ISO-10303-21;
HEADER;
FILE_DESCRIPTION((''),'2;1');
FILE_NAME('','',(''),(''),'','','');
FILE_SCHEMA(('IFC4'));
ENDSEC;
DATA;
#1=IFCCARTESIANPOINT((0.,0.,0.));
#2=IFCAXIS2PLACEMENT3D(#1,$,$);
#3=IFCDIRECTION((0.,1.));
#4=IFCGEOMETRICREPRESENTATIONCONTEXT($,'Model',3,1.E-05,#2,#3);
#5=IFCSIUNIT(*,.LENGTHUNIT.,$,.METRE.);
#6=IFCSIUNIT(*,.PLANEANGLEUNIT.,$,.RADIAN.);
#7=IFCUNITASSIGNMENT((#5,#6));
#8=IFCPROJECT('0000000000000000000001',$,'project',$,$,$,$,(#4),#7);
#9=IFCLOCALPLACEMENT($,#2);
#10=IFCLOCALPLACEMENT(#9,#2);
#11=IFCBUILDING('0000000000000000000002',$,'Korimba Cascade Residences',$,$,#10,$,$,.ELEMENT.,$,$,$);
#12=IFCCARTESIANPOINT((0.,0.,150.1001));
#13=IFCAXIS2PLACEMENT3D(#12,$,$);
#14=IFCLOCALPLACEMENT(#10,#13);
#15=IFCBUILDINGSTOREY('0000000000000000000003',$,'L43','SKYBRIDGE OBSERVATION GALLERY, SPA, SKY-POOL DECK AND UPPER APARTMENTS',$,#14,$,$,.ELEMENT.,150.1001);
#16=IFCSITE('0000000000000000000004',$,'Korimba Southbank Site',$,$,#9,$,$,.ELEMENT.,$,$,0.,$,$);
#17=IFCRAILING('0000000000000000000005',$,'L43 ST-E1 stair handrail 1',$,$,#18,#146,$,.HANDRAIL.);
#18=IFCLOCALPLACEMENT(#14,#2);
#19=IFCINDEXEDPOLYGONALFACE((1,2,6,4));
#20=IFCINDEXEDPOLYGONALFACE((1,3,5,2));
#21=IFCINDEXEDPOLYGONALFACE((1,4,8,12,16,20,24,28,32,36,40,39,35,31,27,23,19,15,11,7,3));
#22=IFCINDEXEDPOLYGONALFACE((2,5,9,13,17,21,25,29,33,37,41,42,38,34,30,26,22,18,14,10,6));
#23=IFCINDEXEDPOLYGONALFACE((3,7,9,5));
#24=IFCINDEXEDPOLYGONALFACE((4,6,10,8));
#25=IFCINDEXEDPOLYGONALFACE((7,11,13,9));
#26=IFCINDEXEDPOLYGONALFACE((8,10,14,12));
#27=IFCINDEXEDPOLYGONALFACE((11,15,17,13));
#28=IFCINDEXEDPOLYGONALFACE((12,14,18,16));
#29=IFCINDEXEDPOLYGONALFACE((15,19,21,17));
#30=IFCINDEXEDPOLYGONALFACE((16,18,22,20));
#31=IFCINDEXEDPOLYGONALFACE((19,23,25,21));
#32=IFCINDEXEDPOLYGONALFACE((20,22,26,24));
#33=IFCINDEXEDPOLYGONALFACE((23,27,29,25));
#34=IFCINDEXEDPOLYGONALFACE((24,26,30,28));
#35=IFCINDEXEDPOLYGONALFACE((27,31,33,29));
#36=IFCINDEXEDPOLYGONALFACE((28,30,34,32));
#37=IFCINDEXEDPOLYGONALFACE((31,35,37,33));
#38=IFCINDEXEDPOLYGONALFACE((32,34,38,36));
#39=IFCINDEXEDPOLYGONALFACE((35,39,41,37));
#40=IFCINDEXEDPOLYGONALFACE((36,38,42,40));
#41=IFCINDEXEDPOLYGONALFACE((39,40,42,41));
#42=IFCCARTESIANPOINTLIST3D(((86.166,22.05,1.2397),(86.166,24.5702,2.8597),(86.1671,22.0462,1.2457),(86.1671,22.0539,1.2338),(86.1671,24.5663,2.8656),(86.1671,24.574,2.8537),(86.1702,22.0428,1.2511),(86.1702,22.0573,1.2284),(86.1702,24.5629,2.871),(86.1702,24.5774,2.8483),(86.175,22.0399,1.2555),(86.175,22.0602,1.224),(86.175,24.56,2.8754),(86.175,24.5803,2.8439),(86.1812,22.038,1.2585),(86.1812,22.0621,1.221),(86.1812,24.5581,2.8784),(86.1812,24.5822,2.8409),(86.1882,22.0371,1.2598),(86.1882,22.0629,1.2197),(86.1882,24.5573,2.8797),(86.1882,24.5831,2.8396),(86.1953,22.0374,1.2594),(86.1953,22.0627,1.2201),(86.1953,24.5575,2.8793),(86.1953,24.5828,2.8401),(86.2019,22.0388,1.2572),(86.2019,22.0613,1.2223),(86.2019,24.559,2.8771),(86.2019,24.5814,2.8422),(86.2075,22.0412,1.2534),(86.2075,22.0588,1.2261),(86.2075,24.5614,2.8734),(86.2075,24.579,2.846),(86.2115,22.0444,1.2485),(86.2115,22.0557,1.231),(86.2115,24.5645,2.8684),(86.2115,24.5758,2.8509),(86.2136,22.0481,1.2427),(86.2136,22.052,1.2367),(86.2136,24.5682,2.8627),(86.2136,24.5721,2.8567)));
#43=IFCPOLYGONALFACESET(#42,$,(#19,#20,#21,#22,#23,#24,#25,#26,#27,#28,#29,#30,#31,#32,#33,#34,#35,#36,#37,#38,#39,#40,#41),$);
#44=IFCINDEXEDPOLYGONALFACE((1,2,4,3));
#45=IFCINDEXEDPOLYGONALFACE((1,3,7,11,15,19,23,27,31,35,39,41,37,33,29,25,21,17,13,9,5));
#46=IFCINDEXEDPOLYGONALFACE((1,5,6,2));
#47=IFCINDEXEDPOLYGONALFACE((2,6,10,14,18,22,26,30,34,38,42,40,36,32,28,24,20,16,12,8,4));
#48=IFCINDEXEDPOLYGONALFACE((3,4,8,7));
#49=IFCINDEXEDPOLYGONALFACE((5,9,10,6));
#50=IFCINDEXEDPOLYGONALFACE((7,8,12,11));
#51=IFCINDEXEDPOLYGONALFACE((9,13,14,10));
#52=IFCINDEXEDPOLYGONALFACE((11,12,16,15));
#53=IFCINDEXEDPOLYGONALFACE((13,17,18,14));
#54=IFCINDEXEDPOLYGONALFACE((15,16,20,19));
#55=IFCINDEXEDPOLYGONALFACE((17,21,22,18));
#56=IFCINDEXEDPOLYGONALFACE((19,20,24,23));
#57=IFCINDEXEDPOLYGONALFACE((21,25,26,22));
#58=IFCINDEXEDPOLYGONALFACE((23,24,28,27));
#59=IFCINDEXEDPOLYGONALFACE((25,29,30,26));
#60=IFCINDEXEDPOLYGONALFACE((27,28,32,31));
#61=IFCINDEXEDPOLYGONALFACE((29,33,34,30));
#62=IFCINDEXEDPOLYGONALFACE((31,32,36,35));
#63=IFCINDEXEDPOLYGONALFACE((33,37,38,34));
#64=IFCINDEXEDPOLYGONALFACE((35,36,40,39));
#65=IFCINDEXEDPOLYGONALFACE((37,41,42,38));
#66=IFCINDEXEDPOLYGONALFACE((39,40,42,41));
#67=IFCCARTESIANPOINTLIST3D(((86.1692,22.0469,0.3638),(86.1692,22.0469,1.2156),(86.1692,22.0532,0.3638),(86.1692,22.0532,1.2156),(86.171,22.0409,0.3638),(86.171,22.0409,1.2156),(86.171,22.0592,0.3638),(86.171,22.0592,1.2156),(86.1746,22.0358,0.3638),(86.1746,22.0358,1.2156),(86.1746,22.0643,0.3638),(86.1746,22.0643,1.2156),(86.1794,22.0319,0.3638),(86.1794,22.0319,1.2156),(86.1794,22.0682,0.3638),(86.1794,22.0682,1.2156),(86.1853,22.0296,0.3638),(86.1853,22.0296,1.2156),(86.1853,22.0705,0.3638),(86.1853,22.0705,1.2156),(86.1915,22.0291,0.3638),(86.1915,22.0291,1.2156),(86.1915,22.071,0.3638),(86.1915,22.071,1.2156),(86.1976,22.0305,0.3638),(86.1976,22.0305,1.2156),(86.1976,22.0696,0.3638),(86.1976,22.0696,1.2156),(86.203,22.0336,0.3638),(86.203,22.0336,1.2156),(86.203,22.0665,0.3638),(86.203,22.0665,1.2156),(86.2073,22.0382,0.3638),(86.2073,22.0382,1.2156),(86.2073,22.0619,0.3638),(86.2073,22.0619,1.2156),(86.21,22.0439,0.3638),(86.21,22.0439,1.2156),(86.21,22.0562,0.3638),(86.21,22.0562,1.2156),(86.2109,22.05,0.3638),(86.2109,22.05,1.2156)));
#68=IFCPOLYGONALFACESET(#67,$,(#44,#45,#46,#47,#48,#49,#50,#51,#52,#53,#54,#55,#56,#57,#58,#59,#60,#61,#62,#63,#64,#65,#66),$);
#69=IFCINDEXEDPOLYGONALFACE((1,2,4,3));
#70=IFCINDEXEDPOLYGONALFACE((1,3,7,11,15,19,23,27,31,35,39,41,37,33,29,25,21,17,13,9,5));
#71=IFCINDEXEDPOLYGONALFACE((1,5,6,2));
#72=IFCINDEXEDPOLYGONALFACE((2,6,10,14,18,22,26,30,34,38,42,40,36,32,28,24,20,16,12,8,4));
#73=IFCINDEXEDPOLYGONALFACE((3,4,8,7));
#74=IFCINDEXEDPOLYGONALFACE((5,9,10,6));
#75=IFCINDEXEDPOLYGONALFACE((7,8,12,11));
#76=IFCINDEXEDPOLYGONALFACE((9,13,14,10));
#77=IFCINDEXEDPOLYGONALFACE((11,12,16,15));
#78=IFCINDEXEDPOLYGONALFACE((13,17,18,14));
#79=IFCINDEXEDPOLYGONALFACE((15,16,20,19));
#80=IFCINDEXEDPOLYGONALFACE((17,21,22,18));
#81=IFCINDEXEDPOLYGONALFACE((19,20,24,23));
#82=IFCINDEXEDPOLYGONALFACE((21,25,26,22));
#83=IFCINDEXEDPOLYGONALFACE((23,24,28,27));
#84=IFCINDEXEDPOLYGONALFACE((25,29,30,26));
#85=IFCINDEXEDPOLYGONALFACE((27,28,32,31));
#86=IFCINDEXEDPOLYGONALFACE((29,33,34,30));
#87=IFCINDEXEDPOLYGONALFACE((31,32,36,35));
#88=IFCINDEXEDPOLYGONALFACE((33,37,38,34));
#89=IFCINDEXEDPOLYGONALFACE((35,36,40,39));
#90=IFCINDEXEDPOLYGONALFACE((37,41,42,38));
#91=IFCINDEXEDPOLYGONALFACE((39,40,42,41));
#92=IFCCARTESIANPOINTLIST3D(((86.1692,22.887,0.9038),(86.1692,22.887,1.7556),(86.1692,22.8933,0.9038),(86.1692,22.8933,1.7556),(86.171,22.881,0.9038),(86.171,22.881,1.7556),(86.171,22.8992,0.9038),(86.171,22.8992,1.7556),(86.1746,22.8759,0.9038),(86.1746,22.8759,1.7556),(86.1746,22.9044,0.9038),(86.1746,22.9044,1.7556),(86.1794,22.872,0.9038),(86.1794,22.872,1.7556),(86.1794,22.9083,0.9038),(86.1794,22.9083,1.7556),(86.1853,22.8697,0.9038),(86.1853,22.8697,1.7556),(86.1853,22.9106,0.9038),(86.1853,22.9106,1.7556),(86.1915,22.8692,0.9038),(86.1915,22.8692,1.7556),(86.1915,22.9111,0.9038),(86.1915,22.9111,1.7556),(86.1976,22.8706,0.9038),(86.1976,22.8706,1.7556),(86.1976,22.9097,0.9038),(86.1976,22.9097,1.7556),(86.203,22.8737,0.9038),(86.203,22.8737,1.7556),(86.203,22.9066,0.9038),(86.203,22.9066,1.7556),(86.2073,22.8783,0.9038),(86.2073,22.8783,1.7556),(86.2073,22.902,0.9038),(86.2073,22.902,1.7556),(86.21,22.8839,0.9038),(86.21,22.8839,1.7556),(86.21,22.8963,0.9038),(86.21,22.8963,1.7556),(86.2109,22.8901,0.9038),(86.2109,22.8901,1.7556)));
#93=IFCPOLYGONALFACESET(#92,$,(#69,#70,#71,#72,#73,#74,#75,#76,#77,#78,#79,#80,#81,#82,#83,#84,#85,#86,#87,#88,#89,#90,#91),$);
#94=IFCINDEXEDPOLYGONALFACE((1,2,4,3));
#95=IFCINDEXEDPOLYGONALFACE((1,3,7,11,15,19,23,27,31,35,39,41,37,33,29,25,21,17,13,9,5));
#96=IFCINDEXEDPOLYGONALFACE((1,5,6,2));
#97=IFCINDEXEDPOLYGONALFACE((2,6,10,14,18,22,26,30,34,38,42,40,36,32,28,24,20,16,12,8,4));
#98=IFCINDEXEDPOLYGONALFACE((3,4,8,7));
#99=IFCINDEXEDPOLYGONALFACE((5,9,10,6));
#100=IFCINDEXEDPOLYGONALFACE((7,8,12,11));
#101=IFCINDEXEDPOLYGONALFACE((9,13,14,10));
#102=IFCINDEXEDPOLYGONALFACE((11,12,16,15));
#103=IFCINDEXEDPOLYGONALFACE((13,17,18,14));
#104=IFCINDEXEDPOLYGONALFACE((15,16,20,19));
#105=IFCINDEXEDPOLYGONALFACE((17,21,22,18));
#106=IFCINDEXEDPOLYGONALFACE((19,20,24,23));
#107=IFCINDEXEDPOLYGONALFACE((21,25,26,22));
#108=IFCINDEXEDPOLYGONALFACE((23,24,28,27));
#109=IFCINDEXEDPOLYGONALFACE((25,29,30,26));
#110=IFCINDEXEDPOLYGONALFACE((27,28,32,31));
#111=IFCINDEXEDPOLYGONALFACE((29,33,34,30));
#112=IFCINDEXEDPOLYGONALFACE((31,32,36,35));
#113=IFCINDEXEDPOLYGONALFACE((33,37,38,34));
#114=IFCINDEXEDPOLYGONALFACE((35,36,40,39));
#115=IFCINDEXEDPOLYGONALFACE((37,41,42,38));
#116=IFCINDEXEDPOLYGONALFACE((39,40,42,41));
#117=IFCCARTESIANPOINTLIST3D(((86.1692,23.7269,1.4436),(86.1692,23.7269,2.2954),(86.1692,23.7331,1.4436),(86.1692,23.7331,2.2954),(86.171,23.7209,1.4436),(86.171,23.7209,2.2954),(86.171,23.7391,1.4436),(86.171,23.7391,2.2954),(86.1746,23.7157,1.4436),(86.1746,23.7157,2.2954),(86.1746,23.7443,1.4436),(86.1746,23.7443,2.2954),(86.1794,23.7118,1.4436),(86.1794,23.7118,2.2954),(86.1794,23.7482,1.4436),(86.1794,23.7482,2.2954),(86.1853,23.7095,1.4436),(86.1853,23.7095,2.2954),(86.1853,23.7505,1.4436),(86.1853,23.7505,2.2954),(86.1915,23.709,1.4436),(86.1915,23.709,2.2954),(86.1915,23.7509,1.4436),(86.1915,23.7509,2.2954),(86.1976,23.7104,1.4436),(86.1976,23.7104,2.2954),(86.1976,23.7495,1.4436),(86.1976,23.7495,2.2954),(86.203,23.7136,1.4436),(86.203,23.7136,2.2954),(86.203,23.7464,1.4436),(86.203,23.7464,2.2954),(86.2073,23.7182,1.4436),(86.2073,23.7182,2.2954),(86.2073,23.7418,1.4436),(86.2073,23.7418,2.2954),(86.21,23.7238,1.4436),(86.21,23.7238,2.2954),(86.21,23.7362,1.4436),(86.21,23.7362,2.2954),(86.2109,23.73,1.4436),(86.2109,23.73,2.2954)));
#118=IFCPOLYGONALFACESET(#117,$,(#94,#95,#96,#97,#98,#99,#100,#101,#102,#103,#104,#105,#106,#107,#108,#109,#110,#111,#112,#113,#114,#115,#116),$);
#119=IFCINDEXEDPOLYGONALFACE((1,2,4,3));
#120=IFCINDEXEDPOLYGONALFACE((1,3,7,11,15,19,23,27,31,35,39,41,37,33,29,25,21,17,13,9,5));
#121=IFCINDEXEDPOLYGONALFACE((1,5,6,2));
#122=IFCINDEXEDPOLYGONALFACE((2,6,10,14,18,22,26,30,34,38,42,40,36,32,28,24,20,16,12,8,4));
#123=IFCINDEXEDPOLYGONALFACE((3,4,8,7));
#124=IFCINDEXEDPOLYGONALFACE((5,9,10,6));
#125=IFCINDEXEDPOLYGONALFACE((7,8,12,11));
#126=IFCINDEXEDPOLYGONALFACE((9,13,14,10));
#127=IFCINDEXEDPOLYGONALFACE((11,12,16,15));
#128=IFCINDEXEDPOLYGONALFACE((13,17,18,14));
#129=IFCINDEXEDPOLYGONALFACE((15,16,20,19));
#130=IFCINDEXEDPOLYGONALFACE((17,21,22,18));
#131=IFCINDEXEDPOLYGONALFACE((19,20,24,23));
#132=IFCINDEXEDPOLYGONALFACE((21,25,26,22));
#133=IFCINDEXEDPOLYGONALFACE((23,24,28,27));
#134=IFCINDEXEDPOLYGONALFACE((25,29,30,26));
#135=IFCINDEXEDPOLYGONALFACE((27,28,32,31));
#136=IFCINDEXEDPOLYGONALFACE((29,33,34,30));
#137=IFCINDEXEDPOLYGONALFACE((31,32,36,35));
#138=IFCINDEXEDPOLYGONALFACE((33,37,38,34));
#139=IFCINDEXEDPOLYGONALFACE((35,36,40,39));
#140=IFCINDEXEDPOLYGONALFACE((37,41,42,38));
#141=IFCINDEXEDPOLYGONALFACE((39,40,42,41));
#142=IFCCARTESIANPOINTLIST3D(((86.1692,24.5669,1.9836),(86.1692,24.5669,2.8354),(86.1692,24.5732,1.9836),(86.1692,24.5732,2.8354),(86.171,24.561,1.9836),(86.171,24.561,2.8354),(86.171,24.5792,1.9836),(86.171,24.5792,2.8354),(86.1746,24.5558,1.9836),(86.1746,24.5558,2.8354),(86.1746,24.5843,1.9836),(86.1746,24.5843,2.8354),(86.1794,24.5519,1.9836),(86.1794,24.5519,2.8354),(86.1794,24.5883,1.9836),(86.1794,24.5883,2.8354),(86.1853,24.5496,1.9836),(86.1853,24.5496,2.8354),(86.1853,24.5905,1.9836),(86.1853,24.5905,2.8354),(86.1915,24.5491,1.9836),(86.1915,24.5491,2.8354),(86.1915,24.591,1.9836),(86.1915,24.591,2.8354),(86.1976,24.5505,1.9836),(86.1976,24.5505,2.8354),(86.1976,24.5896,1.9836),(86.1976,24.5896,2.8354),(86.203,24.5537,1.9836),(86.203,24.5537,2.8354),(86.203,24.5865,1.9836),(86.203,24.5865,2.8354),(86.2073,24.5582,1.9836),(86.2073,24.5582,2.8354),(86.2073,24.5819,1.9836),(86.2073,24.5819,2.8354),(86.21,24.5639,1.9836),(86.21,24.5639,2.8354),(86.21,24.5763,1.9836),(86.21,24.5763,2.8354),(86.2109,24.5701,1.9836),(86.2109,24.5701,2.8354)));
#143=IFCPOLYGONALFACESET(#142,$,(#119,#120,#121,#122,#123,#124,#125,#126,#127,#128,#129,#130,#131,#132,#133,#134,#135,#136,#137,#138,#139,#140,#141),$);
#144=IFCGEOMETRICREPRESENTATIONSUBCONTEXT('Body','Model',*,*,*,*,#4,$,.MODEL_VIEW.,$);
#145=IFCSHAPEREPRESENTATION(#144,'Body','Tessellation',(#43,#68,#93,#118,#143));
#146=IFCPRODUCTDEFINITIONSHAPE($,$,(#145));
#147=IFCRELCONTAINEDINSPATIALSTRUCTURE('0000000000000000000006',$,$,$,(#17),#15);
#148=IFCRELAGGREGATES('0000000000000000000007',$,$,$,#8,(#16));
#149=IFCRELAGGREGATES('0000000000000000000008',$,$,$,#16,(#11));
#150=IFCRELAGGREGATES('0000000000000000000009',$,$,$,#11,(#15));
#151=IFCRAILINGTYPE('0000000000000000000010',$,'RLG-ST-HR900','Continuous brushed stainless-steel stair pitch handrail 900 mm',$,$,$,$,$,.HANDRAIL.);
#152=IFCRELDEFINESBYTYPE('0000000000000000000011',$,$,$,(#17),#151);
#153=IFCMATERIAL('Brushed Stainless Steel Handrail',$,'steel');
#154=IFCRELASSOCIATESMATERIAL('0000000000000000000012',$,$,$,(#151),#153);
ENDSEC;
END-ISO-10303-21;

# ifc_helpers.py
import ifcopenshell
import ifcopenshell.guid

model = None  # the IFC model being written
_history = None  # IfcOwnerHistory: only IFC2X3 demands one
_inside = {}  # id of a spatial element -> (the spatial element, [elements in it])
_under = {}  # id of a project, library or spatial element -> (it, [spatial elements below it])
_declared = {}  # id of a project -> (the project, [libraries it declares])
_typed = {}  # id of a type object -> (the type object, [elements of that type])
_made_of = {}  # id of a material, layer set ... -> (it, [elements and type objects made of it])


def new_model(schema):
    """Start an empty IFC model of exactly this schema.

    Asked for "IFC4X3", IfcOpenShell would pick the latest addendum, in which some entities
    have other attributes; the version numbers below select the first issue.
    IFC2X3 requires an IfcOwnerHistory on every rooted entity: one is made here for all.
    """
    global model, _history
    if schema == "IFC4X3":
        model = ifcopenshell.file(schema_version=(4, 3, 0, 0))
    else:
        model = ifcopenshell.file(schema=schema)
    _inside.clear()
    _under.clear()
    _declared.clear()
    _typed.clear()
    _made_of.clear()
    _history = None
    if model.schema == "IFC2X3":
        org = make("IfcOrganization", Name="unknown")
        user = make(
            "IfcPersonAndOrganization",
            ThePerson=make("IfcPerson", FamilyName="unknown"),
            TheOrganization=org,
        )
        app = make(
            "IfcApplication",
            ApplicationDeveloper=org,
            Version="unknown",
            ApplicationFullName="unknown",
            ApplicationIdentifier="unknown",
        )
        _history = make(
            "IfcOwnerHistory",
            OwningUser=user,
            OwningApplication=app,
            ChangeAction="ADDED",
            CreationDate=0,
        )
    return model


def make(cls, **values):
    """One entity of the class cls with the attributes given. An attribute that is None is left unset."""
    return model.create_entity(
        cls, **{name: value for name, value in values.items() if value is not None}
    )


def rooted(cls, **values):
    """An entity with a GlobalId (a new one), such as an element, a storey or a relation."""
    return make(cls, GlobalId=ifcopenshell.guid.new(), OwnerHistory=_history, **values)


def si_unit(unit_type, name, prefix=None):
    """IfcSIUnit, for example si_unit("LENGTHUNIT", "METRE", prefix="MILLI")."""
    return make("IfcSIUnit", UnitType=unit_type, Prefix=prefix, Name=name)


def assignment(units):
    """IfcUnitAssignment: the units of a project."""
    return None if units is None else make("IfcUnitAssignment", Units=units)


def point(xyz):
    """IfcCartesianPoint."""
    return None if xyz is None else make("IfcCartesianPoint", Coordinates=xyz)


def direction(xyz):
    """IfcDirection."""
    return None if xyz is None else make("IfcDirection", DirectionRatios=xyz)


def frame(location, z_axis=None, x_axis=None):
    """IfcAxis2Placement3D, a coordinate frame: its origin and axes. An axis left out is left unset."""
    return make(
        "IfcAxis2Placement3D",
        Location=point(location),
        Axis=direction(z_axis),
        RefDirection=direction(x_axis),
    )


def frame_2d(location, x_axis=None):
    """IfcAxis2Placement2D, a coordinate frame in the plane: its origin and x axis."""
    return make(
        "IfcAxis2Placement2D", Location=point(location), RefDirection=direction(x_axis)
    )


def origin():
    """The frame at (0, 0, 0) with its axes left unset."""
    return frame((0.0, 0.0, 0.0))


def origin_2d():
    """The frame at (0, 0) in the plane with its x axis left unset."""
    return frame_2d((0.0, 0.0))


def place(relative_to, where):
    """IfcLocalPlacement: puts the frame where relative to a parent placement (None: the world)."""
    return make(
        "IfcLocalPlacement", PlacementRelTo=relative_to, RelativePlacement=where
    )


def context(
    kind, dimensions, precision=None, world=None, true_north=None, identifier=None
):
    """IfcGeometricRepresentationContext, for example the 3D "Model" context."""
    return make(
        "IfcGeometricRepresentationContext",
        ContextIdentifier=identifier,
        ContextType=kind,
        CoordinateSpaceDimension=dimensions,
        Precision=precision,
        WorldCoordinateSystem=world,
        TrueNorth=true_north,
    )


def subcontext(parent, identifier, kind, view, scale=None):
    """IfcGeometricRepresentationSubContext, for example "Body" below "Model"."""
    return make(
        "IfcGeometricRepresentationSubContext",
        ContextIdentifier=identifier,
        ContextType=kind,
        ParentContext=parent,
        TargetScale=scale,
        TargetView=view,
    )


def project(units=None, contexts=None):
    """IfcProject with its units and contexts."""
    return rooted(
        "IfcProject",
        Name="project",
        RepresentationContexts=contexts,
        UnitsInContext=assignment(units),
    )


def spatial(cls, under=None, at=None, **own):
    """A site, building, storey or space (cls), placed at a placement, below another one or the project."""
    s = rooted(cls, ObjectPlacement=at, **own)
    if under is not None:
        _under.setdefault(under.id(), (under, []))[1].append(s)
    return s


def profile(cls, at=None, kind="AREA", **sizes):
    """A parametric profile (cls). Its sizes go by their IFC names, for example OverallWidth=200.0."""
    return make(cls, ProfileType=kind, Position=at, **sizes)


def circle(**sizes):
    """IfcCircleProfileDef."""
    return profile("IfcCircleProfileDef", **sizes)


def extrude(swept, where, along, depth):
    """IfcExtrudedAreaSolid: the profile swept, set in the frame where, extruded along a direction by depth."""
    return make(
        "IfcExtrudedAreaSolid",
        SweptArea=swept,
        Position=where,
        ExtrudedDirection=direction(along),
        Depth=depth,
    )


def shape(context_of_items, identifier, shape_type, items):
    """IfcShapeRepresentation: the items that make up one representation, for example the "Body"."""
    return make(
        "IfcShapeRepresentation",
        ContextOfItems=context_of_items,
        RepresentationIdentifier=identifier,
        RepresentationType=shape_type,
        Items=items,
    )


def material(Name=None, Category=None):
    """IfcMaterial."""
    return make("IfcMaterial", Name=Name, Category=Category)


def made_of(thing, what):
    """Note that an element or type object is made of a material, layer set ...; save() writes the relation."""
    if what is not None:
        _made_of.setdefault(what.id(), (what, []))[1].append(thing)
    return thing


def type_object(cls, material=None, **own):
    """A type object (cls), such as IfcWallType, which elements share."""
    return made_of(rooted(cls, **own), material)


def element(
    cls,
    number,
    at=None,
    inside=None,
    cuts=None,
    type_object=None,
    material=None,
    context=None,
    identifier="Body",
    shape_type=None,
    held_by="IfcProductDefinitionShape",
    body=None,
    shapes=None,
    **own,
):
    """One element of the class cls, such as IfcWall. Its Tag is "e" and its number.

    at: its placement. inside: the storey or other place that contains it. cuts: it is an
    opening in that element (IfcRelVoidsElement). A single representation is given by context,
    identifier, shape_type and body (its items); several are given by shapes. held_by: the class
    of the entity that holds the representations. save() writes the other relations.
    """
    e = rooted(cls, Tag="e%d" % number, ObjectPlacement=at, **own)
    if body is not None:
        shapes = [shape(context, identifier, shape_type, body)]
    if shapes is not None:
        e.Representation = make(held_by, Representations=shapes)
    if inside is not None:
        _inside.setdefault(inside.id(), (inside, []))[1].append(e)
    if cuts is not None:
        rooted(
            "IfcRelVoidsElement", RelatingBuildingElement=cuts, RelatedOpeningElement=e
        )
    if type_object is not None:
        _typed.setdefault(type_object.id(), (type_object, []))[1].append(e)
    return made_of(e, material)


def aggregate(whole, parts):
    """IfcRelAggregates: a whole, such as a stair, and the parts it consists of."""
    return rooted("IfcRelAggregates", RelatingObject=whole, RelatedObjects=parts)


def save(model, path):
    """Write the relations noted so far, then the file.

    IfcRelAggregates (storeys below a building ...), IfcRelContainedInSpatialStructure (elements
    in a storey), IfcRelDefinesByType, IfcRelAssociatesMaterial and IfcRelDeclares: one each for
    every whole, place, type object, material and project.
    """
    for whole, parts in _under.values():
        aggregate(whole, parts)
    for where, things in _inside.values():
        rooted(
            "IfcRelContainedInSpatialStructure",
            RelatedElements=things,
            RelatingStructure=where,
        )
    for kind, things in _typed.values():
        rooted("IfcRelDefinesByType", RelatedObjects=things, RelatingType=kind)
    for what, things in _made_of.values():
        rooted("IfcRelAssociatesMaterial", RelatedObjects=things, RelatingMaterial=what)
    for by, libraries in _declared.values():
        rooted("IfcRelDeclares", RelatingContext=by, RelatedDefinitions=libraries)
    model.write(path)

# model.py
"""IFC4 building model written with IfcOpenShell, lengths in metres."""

from ifc_helpers import new_model, si_unit, direction, frame, origin, origin_2d, place, context, subcontext, project, spatial, circle, extrude, material, type_object, element, save


model = new_model("IFC4")

# Units and contexts
model_context = context("Model", 3, precision=1e-05, world=origin(), true_north=direction((0.0, 1.0)))
body_context = subcontext(model_context, "Body", "Model", "MODEL_VIEW")
ifc_project = project(units=[si_unit("LENGTHUNIT", "METRE"), si_unit("PLANEANGLEUNIT", "RADIAN")], contexts=[model_context])

# Site, building, storey
site_placement = place(None, origin())
site = spatial("IfcSite", under=ifc_project, at=site_placement, Name="Korimba Southbank Site", CompositionType="ELEMENT", RefElevation=0.0)
building_placement = place(site_placement, origin())
building = spatial("IfcBuilding", under=site, at=building_placement, Name="Korimba Cascade Residences", CompositionType="ELEMENT")
storey_placement = place(building_placement, frame((0.0, 0.0, 150.1001)))
storey = spatial("IfcBuildingStorey", under=building, at=storey_placement, Name="L43", Description="SKYBRIDGE OBSERVATION GALLERY, SPA, SKY-POOL DECK AND UPPER APARTMENTS", CompositionType="ELEMENT", Elevation=150.1001)

# Railing
ifc_material_1 = material(Name="Brushed Stainless Steel Handrail", Category="steel")
railing_type_1 = type_object("IfcRailingType", Name="RLG-ST-HR900", Description="Continuous brushed stainless-steel stair pitch handrail 900 mm", PredefinedType="HANDRAIL", material=ifc_material_1)
railing_1_placement = place(storey_placement, frame((86.1899, 22.05, 0.3638)))
element("IfcRailing", 1, at=railing_1_placement, inside=storey, type_object=railing_type_1, Name="L43 ST-E1 stair handrail 1", PredefinedType="HANDRAIL", context=body_context, shape_type="SweptSolid", body=[
    extrude(circle(Radius=0.0239, at=origin_2d()), frame((0.0, 0.0, 0.876), z_axis=(0.0, 0.8412, 0.540725), x_axis=(-1.0, 0.0, 0.0)), (0.0, 0.0, 1.0), 2.9958),
    extrude(circle(Radius=0.021, at=origin_2d()), origin(), (0.0, 0.0, 1.0), 0.8518),
    extrude(circle(Radius=0.021, at=origin_2d()), frame((0.0, 0.8401, 0.54)), (0.0, 0.0, 1.0), 0.8518),
    extrude(circle(Radius=0.021, at=origin_2d()), frame((0.0, 1.6799, 1.0798)), (0.0, 0.0, 1.0), 0.8518),
    extrude(circle(Radius=0.021, at=origin_2d()), frame((0.0, 2.52, 1.6199)), (0.0, 0.0, 1.0), 0.8518),
])

save(model, "model.ifc")
